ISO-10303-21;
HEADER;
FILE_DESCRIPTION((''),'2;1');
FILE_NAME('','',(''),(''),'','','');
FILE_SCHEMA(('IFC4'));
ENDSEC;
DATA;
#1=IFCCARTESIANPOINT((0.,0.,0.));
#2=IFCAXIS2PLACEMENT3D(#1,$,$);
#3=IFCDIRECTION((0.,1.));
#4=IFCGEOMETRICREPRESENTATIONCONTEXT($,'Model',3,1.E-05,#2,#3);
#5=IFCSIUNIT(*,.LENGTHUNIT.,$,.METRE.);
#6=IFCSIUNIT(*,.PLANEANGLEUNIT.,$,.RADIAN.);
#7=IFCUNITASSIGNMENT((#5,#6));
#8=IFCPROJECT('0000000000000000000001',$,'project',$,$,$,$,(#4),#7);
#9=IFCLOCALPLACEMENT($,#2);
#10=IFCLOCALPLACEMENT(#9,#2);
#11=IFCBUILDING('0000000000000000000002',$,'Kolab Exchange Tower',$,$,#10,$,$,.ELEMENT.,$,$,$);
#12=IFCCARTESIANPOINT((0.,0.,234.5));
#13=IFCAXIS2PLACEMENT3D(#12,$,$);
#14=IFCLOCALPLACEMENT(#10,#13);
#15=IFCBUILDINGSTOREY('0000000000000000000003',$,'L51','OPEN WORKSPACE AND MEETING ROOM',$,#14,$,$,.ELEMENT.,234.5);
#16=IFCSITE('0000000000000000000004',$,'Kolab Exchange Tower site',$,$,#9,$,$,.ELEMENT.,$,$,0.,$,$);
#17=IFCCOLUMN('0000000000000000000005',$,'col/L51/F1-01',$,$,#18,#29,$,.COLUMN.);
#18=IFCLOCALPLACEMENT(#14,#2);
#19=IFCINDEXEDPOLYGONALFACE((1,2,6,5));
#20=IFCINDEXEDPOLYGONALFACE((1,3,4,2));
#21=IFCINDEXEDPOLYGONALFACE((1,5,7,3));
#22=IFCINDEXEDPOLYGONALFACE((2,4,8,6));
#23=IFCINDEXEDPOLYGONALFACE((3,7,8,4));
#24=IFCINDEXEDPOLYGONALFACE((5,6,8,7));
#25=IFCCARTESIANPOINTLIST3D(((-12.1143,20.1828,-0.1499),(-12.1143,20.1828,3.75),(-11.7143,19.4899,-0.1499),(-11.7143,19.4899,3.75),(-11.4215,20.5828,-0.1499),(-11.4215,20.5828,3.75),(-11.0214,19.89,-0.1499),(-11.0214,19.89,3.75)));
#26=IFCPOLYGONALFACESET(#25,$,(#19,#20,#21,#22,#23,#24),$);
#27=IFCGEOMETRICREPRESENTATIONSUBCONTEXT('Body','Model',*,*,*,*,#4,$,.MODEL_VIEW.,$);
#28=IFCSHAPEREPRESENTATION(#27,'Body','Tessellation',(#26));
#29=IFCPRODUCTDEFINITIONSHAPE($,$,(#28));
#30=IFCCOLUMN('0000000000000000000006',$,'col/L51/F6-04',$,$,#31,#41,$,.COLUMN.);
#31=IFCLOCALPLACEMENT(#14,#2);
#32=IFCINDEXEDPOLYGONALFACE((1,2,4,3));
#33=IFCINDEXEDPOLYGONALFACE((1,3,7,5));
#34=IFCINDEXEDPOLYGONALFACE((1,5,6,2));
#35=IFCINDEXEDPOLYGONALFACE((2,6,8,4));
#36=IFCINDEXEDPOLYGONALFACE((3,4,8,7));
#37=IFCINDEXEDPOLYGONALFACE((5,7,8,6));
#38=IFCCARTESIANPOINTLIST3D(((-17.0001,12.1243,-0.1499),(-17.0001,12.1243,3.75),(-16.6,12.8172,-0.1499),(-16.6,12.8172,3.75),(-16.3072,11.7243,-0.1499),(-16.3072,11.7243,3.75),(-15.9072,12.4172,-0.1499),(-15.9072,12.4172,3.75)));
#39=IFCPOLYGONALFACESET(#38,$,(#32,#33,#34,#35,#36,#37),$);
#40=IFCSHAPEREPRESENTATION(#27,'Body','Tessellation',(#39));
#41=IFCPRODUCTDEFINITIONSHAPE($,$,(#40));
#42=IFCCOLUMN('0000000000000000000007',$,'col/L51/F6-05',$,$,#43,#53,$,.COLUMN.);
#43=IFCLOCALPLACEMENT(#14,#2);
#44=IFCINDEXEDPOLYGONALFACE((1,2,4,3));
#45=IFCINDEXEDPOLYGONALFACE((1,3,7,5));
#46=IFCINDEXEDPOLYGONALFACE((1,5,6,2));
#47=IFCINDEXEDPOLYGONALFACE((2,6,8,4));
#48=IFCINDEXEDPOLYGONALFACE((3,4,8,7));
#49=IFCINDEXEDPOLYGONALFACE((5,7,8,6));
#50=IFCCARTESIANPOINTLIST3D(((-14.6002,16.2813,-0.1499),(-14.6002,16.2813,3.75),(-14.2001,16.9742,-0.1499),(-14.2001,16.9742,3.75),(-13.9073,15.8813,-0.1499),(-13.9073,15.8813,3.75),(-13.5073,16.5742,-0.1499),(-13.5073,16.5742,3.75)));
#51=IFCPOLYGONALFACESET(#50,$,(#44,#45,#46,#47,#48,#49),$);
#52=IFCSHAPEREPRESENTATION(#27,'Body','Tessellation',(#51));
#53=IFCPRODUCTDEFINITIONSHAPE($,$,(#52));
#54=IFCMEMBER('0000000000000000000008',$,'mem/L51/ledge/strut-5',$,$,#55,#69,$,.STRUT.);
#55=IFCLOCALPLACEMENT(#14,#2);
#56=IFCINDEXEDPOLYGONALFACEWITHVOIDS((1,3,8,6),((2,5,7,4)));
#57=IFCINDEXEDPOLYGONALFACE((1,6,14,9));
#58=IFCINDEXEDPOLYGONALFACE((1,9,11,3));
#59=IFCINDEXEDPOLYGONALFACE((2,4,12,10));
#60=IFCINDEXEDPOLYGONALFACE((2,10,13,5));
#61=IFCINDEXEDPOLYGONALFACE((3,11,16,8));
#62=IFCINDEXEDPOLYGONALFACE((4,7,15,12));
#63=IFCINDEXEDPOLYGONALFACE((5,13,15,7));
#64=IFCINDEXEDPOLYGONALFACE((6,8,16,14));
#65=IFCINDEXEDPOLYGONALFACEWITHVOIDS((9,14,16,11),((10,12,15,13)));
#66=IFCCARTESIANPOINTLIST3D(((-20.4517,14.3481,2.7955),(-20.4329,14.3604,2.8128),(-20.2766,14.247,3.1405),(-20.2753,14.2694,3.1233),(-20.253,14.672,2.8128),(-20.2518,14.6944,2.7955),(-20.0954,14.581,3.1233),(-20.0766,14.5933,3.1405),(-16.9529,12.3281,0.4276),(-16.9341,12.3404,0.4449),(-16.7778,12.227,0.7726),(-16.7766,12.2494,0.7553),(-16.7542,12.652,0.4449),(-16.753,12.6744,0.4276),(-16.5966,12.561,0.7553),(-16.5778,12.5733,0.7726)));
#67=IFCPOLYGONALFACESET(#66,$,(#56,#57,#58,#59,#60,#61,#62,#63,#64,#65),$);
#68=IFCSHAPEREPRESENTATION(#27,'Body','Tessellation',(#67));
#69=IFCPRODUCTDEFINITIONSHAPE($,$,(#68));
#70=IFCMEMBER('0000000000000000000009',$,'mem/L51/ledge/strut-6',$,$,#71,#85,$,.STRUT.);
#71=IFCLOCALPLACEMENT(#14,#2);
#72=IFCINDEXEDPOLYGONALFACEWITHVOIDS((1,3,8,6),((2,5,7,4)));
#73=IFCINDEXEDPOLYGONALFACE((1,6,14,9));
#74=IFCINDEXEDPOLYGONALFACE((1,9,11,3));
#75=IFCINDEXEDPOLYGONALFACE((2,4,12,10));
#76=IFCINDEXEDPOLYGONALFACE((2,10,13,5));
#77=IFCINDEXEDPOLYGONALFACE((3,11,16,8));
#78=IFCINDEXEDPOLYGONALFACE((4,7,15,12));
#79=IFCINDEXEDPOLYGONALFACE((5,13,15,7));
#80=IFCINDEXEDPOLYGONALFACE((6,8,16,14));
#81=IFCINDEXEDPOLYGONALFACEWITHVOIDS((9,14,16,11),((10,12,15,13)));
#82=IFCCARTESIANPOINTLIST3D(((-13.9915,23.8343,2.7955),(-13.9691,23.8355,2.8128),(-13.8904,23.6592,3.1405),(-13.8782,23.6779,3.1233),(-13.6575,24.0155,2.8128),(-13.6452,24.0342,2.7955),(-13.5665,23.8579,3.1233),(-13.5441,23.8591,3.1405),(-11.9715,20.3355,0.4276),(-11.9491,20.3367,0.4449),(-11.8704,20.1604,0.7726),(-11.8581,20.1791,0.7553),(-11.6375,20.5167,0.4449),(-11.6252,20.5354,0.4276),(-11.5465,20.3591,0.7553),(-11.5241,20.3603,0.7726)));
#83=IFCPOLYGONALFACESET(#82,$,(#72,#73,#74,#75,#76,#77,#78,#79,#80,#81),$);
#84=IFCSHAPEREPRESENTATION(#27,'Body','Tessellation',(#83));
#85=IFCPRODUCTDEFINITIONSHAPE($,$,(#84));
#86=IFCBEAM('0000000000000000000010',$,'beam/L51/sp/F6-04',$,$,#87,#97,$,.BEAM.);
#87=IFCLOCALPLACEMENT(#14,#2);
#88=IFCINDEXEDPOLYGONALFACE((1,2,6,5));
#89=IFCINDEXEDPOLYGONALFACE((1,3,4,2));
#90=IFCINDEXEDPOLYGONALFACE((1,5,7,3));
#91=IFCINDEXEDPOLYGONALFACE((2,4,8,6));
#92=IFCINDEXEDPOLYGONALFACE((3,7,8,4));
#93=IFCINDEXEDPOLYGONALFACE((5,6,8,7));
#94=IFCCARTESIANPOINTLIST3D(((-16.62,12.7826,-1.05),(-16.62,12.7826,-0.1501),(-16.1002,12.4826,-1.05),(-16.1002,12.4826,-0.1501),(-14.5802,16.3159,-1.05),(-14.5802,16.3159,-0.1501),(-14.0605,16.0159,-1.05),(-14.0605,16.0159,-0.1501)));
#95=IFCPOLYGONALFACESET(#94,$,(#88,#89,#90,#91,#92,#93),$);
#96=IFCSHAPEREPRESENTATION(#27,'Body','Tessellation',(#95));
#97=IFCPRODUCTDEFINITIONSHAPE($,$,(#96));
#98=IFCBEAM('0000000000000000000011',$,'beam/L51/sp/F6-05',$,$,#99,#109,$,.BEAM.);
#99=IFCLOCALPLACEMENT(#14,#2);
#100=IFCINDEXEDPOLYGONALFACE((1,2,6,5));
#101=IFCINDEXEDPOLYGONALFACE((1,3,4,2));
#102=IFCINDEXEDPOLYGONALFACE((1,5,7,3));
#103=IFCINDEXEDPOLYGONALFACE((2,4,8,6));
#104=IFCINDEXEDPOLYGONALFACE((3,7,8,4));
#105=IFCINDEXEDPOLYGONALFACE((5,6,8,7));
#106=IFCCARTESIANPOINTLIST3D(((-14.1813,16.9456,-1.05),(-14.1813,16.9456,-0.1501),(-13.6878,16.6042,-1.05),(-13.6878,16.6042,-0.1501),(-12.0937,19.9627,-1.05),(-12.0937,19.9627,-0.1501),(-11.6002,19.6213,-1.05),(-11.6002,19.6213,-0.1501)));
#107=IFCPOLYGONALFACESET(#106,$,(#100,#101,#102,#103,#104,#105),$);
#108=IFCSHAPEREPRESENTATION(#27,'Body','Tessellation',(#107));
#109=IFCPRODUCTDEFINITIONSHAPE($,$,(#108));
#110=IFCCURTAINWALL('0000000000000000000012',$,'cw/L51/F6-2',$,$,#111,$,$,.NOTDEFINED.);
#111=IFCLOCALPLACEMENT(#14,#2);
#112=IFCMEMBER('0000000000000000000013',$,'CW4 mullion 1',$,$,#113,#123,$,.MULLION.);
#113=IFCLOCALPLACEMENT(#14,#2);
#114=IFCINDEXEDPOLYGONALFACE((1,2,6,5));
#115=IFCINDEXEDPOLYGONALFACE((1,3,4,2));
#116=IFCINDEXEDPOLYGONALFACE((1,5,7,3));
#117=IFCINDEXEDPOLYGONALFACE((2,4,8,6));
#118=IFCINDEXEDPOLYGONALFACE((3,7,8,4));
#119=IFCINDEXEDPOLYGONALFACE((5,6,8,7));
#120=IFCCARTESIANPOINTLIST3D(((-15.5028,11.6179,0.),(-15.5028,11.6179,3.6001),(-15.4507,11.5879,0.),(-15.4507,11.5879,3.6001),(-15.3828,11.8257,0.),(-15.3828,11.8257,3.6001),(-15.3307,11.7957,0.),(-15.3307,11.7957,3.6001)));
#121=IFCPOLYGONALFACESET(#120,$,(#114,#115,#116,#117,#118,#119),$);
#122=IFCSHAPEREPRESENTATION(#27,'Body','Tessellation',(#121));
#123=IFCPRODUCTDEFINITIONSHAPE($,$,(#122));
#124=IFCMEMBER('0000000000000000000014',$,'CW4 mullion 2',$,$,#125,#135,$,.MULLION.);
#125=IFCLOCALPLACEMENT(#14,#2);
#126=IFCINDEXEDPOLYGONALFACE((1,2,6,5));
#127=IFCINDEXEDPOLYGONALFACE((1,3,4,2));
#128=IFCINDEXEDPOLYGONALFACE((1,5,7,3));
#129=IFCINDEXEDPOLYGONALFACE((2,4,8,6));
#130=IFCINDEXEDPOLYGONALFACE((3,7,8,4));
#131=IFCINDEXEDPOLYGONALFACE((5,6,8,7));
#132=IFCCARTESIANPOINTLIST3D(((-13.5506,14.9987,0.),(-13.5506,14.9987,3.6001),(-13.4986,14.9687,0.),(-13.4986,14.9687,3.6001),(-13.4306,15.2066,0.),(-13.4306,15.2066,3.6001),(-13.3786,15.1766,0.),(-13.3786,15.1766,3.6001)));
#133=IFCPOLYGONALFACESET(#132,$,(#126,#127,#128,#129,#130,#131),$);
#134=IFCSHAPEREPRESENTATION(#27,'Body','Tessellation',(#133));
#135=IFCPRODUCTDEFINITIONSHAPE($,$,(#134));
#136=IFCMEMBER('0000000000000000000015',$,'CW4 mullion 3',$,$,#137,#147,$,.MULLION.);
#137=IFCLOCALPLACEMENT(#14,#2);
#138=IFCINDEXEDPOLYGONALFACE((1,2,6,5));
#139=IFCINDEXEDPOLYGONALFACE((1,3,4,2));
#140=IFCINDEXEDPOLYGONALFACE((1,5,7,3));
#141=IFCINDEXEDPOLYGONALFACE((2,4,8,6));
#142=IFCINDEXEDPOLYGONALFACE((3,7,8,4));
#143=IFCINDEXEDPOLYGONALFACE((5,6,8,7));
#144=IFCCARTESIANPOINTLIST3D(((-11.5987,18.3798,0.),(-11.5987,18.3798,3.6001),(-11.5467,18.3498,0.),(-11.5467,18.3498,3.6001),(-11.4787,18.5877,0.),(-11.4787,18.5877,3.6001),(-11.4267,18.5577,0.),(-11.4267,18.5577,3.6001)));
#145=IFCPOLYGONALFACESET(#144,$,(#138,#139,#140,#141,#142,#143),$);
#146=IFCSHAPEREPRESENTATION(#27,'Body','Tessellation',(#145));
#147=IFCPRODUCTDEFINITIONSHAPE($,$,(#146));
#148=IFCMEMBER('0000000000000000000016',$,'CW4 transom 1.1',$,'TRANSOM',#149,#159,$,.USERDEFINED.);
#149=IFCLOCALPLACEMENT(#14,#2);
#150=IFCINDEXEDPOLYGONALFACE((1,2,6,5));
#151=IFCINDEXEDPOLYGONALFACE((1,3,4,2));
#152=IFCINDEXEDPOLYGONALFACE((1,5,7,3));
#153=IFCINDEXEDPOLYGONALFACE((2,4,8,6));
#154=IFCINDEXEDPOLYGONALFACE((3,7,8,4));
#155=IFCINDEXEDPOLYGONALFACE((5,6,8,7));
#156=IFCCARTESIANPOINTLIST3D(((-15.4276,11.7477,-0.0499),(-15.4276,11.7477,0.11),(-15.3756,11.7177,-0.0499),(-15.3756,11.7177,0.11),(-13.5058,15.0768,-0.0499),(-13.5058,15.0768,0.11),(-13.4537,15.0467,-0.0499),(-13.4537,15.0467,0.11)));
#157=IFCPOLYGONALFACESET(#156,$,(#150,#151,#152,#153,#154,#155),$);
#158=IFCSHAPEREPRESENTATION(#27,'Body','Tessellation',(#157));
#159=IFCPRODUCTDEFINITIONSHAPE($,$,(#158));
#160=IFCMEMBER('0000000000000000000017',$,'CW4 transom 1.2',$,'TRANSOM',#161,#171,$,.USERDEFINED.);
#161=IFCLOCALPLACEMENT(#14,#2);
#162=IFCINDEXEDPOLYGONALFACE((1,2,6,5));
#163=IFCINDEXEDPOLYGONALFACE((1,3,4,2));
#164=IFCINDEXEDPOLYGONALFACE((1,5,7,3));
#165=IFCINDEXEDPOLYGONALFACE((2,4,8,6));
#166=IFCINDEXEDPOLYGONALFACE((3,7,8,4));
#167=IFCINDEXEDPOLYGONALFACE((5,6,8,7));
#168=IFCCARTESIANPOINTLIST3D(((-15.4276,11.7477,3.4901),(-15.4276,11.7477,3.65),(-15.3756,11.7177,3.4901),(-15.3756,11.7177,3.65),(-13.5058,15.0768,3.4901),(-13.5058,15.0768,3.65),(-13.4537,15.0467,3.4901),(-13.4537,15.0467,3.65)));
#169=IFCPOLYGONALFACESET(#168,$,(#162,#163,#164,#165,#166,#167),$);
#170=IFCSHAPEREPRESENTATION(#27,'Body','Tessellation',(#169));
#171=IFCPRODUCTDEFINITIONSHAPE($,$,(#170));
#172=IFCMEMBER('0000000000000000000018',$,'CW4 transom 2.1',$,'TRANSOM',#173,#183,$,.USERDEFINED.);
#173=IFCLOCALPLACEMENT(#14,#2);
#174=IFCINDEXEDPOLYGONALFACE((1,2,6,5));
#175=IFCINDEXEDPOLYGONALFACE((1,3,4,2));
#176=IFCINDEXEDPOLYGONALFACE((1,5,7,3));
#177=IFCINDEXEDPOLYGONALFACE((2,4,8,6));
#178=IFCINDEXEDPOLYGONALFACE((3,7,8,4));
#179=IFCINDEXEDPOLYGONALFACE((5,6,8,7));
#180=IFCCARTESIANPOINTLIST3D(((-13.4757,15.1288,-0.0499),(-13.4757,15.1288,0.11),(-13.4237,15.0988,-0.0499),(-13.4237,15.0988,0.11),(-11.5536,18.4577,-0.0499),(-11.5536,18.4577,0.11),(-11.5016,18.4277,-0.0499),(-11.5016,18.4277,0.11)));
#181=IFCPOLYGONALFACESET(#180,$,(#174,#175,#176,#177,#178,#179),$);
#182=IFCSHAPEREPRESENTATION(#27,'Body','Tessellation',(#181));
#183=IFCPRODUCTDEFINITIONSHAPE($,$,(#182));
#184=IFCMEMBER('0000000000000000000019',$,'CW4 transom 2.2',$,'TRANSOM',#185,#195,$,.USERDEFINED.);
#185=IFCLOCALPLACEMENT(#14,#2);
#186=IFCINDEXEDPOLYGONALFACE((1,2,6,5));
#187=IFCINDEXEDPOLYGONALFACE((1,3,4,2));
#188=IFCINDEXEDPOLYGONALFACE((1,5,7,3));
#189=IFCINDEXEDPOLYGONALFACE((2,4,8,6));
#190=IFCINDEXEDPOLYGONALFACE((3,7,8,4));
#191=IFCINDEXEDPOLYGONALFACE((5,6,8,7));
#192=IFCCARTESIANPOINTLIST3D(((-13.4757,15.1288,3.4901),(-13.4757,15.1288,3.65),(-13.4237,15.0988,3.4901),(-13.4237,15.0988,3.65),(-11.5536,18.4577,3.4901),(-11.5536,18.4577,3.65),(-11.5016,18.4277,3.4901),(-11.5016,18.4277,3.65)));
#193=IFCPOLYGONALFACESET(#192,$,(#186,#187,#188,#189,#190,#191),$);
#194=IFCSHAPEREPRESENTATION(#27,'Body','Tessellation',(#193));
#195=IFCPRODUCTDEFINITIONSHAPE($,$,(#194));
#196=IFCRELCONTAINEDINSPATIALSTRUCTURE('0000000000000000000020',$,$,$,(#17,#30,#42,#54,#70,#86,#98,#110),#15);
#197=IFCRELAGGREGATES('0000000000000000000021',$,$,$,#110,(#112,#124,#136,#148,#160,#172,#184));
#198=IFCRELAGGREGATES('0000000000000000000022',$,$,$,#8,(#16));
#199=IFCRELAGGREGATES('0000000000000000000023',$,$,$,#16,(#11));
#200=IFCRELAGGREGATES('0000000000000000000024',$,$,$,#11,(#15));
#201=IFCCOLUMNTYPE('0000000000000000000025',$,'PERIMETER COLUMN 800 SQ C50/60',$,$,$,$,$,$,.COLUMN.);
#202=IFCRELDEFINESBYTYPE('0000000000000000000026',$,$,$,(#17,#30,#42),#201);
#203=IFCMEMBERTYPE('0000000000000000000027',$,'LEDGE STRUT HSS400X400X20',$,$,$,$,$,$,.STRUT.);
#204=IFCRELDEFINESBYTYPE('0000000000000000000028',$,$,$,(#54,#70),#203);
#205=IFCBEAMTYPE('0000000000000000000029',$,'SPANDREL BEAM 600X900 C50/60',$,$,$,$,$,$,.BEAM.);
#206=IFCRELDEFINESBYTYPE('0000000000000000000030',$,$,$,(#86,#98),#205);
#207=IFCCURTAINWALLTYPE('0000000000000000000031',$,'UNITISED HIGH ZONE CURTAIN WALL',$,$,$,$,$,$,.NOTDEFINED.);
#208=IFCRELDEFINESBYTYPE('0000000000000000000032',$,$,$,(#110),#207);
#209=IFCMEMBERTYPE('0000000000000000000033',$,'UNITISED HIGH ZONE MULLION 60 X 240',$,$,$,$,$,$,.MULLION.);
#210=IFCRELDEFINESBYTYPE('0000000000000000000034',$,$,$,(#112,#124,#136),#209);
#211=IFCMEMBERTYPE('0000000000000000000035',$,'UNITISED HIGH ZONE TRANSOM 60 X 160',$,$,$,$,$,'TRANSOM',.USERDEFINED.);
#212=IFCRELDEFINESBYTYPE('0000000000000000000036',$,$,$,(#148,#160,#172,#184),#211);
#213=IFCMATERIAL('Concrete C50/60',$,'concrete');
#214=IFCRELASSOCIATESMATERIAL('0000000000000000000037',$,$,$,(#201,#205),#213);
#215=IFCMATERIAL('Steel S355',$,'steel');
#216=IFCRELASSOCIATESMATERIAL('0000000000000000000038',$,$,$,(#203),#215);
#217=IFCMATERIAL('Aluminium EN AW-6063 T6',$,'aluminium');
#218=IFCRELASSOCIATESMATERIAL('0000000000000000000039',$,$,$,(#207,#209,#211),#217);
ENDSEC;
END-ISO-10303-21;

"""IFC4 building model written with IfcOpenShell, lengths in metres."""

from ifc_helpers import new_model, si_unit, direction, frame, origin, origin_2d, place, context, subcontext, project, spatial, rectangle, hollow_rectangle, extrude, material, material_profile, profile_set, type_object, element, aggregate, save


model = new_model("IFC4")

# Units and contexts
model_context = context("Model", 3, precision=1e-05, world=origin(), true_north=direction((0.0, 1.0)))
body_context = subcontext(model_context, "Body", "Model", "MODEL_VIEW")
ifc_project = project(units=[si_unit("LENGTHUNIT", "METRE"), si_unit("PLANEANGLEUNIT", "RADIAN")], contexts=[model_context])

# Site, building, storey
site_placement = place(None, origin())
site = spatial("IfcSite", under=ifc_project, at=site_placement, Name="Kolab Exchange Tower site", CompositionType="ELEMENT", RefElevation=0.0)
building_placement = place(site_placement, origin())
building = spatial("IfcBuilding", under=site, at=building_placement, Name="Kolab Exchange Tower", CompositionType="ELEMENT")
storey_placement = place(building_placement, frame((0.0, 0.0, 234.5)))
storey = spatial("IfcBuildingStorey", under=building, at=storey_placement, Name="L51", Description="OPEN WORKSPACE AND MEETING ROOM", CompositionType="ELEMENT", Elevation=234.5)

# Columns
ifc_material_1 = material(Name="Concrete C50/60", Category="concrete")
ifc_material_profile_1 = material_profile(ifc_material_1, rectangle(XDim=0.8, YDim=0.8, at=origin_2d()), Name="RC800")
ifc_profile_set_1 = profile_set([ifc_material_profile_1], Name="Concrete C50/60")
column_type = type_object("IfcColumnType", Name="PERIMETER COLUMN 800 SQ C50/60", PredefinedType="COLUMN", material=ifc_profile_set_1)
for number, where, z_axis, x_axis, name in (
    (1, (-11.5679, 20.0364, -0.1499), (0.0, 0.0, 1.0), (0.866025, 0.5, 0.0), "col/L51/F1-01"),
    (2, (-16.4536, 12.2708, -0.1499), (0.0, 0.0, 1.0), (0.5, 0.866025, 0.0), "col/L51/F6-04"),
    (3, (-14.0537, 16.4277, -0.1499), (0.0, 0.0, 1.0), (0.5, 0.866025, 0.0), "col/L51/F6-05"),
):
    element("IfcColumn", number, at=place(storey_placement, frame(where, z_axis=z_axis, x_axis=x_axis)), inside=storey, type_object=column_type, Name=name, PredefinedType="COLUMN", context=body_context, shape_type="SweptSolid", body=[
        extrude(rectangle(XDim=0.8, YDim=0.8, at=origin_2d()), origin(), (0.0, 0.0, 1.0), 3.8999),
    ])

# Members
ifc_material_2 = material(Name="Steel S355", Category="steel")
ifc_material_profile_2 = material_profile(ifc_material_2, hollow_rectangle(XDim=0.3999, YDim=0.3999, WallThickness=0.02, at=origin_2d()), Name="HSS400X400X20")
ifc_profile_set_2 = profile_set([ifc_material_profile_2], Name="Steel S355")
member_type_1 = type_object("IfcMemberType", Name="LEDGE STRUT HSS400X400X20", PredefinedType="STRUT", material=ifc_profile_set_2)
for number, where, z_axis, x_axis, name in (
    (4, (-16.7654, 12.4507, 0.6001), (-0.747149, 0.431366, 0.505659), (-0.5, -0.866026, 0.0), "mem/L51/ledge/strut-5"),
    (5, (-11.7478, 20.3479, 0.6001), (-0.431366, 0.747149, 0.505659), (-0.866026, -0.5, 0.0), "mem/L51/ledge/strut-6"),
):
    element("IfcMember", number, at=place(storey_placement, frame(where, z_axis=z_axis, x_axis=x_axis)), inside=storey, type_object=member_type_1, Name=name, PredefinedType="STRUT", context=body_context, shape_type="SweptSolid", body=[
        extrude(hollow_rectangle(XDim=0.3999, YDim=0.3999, WallThickness=0.02, at=origin_2d()), origin(), (0.0, 0.0, 1.0), 4.6829),
    ])

# Beams
ifc_material_profile_3 = material_profile(ifc_material_1, rectangle(XDim=0.6001, YDim=0.8999, at=origin_2d()), Name="RC600X900")
ifc_profile_set_3 = profile_set([ifc_material_profile_3], Name="Concrete C50/60")
beam_type = type_object("IfcBeamType", Name="SPANDREL BEAM 600X900 C50/60", PredefinedType="BEAM", material=ifc_profile_set_3)
beam_1_placement = place(storey_placement, frame((-16.3601, 12.6326, -0.6001), z_axis=(0.499956, 0.866051, 0.0), x_axis=(-0.866051, 0.499956, 0.0)))
element("IfcBeam", 6, at=beam_1_placement, inside=storey, type_object=beam_type, Name="beam/L51/sp/F6-04", PredefinedType="BEAM", context=body_context, shape_type="SweptSolid", body=[
    extrude(rectangle(XDim=0.6001, YDim=0.8999, at=origin_2d()), origin(), (0.0, 0.0, 1.0), 4.0798),
])
beam_2_placement = place(storey_placement, frame((-13.9346, 16.7749, -0.6001), z_axis=(0.569006, 0.822334, 0.0), x_axis=(-0.822334, 0.569006, 0.0)))
element("IfcBeam", 7, at=beam_2_placement, inside=storey, type_object=beam_type, Name="beam/L51/sp/F6-05", PredefinedType="BEAM", context=body_context, shape_type="SweptSolid", body=[
    extrude(rectangle(XDim=0.6001, YDim=0.8999, at=origin_2d()), origin(), (0.0, 0.0, 1.0), 3.6689),
])

# Curtain wall, members
ifc_material_3 = material(Name="Aluminium EN AW-6063 T6", Category="aluminium")
curtain_wall_type = type_object("IfcCurtainWallType", Name="UNITISED HIGH ZONE CURTAIN WALL", PredefinedType="NOTDEFINED", material=ifc_material_3)
curtain_wall_placement = place(storey_placement, origin())
curtain_wall = element("IfcCurtainWall", 8, at=curtain_wall_placement, inside=storey, type_object=curtain_wall_type, Name="cw/L51/F6-2", PredefinedType="NOTDEFINED")
ifc_material_profile_4 = material_profile(ifc_material_3, rectangle(XDim=0.0601, YDim=0.24, at=origin_2d()), Name="RECT 60X240")
ifc_profile_set_4 = profile_set([ifc_material_profile_4], Name="Aluminium EN AW-6063 T6")
member_type_2 = type_object("IfcMemberType", Name="UNITISED HIGH ZONE MULLION 60 X 240", PredefinedType="MULLION", material=ifc_profile_set_4)
member_1_placement = place(storey_placement, frame((-15.4167, 11.7068, 0.0), z_axis=(0.0, 0.0, 1.0), x_axis=(-0.866025, 0.5, 0.0)))
member_1 = element("IfcMember", 9, at=member_1_placement, type_object=member_type_2, Name="CW4 mullion 1", PredefinedType="MULLION", context=body_context, shape_type="SweptSolid", body=[
    extrude(rectangle(XDim=0.0601, YDim=0.24, at=origin_2d()), origin(), (0.0, 0.0, 1.0), 3.6001),
])
member_2_placement = place(storey_placement, frame((-13.4646, 15.0876, 0.0), z_axis=(0.0, 0.0, 1.0), x_axis=(-0.866025, 0.5, 0.0)))
member_2 = element("IfcMember", 10, at=member_2_placement, type_object=member_type_2, Name="CW4 mullion 2", PredefinedType="MULLION", context=body_context, shape_type="SweptSolid", body=[
    extrude(rectangle(XDim=0.0601, YDim=0.24, at=origin_2d()), origin(), (0.0, 0.0, 1.0), 3.6001),
])
member_3_placement = place(storey_placement, frame((-11.5127, 18.4688, 0.0), z_axis=(0.0, 0.0, 1.0), x_axis=(-0.866025, 0.5, 0.0)))
member_3 = element("IfcMember", 11, at=member_3_placement, type_object=member_type_2, Name="CW4 mullion 3", PredefinedType="MULLION", context=body_context, shape_type="SweptSolid", body=[
    extrude(rectangle(XDim=0.0601, YDim=0.24, at=origin_2d()), origin(), (0.0, 0.0, 1.0), 3.6001),
])
ifc_material_profile_5 = material_profile(ifc_material_3, rectangle(XDim=0.0601, YDim=0.1599, at=origin_2d()), Name="RECT 60X160")
ifc_profile_set_5 = profile_set([ifc_material_profile_5], Name="Aluminium EN AW-6063 T6")
member_type_3 = type_object("IfcMemberType", Name="UNITISED HIGH ZONE TRANSOM 60 X 160", ElementType="TRANSOM", PredefinedType="USERDEFINED", material=ifc_profile_set_5)
member_4_placement = place(storey_placement, frame((-15.4016, 11.7327, 0.03), z_axis=(0.499964, 0.866046, 0.0), x_axis=(-0.866046, 0.499964, 0.0)))
member_4 = element("IfcMember", 12, at=member_4_placement, type_object=member_type_3, Name="CW4 transom 1.1", ObjectType="TRANSOM", PredefinedType="USERDEFINED", context=body_context, shape_type="SweptSolid", body=[
    extrude(rectangle(XDim=0.0601, YDim=0.1599, at=origin_2d()), origin(), (0.0, 0.0, 1.0), 3.844),
])
member_5_placement = place(storey_placement, frame((-15.4016, 11.7327, 3.5701), z_axis=(0.499964, 0.866046, 0.0), x_axis=(-0.866046, 0.499964, 0.0)))
member_5 = element("IfcMember", 13, at=member_5_placement, type_object=member_type_3, Name="CW4 transom 1.2", ObjectType="TRANSOM", PredefinedType="USERDEFINED", context=body_context, shape_type="SweptSolid", body=[
    extrude(rectangle(XDim=0.0601, YDim=0.1599, at=origin_2d()), origin(), (0.0, 0.0, 1.0), 3.844),
])
member_6_placement = place(storey_placement, frame((-13.4497, 15.1138, 0.03), z_axis=(0.500039, 0.866003, 0.0), x_axis=(-0.866003, 0.500039, 0.0)))
member_6 = element("IfcMember", 14, at=member_6_placement, type_object=member_type_3, Name="CW4 transom 2.1", ObjectType="TRANSOM", PredefinedType="USERDEFINED", context=body_context, shape_type="SweptSolid", body=[
    extrude(rectangle(XDim=0.0601, YDim=0.1599, at=origin_2d()), origin(), (0.0, 0.0, 1.0), 3.844),
])
member_7_placement = place(storey_placement, frame((-13.4497, 15.1138, 3.5701), z_axis=(0.500039, 0.866003, 0.0), x_axis=(-0.866003, 0.500039, 0.0)))
member_7 = element("IfcMember", 15, at=member_7_placement, type_object=member_type_3, Name="CW4 transom 2.2", ObjectType="TRANSOM", PredefinedType="USERDEFINED", context=body_context, shape_type="SweptSolid", body=[
    extrude(rectangle(XDim=0.0601, YDim=0.1599, at=origin_2d()), origin(), (0.0, 0.0, 1.0), 3.844),
])
aggregate(curtain_wall, [member_1, member_2, member_3, member_4, member_5, member_6, member_7])

save(model, "model.ifc")
